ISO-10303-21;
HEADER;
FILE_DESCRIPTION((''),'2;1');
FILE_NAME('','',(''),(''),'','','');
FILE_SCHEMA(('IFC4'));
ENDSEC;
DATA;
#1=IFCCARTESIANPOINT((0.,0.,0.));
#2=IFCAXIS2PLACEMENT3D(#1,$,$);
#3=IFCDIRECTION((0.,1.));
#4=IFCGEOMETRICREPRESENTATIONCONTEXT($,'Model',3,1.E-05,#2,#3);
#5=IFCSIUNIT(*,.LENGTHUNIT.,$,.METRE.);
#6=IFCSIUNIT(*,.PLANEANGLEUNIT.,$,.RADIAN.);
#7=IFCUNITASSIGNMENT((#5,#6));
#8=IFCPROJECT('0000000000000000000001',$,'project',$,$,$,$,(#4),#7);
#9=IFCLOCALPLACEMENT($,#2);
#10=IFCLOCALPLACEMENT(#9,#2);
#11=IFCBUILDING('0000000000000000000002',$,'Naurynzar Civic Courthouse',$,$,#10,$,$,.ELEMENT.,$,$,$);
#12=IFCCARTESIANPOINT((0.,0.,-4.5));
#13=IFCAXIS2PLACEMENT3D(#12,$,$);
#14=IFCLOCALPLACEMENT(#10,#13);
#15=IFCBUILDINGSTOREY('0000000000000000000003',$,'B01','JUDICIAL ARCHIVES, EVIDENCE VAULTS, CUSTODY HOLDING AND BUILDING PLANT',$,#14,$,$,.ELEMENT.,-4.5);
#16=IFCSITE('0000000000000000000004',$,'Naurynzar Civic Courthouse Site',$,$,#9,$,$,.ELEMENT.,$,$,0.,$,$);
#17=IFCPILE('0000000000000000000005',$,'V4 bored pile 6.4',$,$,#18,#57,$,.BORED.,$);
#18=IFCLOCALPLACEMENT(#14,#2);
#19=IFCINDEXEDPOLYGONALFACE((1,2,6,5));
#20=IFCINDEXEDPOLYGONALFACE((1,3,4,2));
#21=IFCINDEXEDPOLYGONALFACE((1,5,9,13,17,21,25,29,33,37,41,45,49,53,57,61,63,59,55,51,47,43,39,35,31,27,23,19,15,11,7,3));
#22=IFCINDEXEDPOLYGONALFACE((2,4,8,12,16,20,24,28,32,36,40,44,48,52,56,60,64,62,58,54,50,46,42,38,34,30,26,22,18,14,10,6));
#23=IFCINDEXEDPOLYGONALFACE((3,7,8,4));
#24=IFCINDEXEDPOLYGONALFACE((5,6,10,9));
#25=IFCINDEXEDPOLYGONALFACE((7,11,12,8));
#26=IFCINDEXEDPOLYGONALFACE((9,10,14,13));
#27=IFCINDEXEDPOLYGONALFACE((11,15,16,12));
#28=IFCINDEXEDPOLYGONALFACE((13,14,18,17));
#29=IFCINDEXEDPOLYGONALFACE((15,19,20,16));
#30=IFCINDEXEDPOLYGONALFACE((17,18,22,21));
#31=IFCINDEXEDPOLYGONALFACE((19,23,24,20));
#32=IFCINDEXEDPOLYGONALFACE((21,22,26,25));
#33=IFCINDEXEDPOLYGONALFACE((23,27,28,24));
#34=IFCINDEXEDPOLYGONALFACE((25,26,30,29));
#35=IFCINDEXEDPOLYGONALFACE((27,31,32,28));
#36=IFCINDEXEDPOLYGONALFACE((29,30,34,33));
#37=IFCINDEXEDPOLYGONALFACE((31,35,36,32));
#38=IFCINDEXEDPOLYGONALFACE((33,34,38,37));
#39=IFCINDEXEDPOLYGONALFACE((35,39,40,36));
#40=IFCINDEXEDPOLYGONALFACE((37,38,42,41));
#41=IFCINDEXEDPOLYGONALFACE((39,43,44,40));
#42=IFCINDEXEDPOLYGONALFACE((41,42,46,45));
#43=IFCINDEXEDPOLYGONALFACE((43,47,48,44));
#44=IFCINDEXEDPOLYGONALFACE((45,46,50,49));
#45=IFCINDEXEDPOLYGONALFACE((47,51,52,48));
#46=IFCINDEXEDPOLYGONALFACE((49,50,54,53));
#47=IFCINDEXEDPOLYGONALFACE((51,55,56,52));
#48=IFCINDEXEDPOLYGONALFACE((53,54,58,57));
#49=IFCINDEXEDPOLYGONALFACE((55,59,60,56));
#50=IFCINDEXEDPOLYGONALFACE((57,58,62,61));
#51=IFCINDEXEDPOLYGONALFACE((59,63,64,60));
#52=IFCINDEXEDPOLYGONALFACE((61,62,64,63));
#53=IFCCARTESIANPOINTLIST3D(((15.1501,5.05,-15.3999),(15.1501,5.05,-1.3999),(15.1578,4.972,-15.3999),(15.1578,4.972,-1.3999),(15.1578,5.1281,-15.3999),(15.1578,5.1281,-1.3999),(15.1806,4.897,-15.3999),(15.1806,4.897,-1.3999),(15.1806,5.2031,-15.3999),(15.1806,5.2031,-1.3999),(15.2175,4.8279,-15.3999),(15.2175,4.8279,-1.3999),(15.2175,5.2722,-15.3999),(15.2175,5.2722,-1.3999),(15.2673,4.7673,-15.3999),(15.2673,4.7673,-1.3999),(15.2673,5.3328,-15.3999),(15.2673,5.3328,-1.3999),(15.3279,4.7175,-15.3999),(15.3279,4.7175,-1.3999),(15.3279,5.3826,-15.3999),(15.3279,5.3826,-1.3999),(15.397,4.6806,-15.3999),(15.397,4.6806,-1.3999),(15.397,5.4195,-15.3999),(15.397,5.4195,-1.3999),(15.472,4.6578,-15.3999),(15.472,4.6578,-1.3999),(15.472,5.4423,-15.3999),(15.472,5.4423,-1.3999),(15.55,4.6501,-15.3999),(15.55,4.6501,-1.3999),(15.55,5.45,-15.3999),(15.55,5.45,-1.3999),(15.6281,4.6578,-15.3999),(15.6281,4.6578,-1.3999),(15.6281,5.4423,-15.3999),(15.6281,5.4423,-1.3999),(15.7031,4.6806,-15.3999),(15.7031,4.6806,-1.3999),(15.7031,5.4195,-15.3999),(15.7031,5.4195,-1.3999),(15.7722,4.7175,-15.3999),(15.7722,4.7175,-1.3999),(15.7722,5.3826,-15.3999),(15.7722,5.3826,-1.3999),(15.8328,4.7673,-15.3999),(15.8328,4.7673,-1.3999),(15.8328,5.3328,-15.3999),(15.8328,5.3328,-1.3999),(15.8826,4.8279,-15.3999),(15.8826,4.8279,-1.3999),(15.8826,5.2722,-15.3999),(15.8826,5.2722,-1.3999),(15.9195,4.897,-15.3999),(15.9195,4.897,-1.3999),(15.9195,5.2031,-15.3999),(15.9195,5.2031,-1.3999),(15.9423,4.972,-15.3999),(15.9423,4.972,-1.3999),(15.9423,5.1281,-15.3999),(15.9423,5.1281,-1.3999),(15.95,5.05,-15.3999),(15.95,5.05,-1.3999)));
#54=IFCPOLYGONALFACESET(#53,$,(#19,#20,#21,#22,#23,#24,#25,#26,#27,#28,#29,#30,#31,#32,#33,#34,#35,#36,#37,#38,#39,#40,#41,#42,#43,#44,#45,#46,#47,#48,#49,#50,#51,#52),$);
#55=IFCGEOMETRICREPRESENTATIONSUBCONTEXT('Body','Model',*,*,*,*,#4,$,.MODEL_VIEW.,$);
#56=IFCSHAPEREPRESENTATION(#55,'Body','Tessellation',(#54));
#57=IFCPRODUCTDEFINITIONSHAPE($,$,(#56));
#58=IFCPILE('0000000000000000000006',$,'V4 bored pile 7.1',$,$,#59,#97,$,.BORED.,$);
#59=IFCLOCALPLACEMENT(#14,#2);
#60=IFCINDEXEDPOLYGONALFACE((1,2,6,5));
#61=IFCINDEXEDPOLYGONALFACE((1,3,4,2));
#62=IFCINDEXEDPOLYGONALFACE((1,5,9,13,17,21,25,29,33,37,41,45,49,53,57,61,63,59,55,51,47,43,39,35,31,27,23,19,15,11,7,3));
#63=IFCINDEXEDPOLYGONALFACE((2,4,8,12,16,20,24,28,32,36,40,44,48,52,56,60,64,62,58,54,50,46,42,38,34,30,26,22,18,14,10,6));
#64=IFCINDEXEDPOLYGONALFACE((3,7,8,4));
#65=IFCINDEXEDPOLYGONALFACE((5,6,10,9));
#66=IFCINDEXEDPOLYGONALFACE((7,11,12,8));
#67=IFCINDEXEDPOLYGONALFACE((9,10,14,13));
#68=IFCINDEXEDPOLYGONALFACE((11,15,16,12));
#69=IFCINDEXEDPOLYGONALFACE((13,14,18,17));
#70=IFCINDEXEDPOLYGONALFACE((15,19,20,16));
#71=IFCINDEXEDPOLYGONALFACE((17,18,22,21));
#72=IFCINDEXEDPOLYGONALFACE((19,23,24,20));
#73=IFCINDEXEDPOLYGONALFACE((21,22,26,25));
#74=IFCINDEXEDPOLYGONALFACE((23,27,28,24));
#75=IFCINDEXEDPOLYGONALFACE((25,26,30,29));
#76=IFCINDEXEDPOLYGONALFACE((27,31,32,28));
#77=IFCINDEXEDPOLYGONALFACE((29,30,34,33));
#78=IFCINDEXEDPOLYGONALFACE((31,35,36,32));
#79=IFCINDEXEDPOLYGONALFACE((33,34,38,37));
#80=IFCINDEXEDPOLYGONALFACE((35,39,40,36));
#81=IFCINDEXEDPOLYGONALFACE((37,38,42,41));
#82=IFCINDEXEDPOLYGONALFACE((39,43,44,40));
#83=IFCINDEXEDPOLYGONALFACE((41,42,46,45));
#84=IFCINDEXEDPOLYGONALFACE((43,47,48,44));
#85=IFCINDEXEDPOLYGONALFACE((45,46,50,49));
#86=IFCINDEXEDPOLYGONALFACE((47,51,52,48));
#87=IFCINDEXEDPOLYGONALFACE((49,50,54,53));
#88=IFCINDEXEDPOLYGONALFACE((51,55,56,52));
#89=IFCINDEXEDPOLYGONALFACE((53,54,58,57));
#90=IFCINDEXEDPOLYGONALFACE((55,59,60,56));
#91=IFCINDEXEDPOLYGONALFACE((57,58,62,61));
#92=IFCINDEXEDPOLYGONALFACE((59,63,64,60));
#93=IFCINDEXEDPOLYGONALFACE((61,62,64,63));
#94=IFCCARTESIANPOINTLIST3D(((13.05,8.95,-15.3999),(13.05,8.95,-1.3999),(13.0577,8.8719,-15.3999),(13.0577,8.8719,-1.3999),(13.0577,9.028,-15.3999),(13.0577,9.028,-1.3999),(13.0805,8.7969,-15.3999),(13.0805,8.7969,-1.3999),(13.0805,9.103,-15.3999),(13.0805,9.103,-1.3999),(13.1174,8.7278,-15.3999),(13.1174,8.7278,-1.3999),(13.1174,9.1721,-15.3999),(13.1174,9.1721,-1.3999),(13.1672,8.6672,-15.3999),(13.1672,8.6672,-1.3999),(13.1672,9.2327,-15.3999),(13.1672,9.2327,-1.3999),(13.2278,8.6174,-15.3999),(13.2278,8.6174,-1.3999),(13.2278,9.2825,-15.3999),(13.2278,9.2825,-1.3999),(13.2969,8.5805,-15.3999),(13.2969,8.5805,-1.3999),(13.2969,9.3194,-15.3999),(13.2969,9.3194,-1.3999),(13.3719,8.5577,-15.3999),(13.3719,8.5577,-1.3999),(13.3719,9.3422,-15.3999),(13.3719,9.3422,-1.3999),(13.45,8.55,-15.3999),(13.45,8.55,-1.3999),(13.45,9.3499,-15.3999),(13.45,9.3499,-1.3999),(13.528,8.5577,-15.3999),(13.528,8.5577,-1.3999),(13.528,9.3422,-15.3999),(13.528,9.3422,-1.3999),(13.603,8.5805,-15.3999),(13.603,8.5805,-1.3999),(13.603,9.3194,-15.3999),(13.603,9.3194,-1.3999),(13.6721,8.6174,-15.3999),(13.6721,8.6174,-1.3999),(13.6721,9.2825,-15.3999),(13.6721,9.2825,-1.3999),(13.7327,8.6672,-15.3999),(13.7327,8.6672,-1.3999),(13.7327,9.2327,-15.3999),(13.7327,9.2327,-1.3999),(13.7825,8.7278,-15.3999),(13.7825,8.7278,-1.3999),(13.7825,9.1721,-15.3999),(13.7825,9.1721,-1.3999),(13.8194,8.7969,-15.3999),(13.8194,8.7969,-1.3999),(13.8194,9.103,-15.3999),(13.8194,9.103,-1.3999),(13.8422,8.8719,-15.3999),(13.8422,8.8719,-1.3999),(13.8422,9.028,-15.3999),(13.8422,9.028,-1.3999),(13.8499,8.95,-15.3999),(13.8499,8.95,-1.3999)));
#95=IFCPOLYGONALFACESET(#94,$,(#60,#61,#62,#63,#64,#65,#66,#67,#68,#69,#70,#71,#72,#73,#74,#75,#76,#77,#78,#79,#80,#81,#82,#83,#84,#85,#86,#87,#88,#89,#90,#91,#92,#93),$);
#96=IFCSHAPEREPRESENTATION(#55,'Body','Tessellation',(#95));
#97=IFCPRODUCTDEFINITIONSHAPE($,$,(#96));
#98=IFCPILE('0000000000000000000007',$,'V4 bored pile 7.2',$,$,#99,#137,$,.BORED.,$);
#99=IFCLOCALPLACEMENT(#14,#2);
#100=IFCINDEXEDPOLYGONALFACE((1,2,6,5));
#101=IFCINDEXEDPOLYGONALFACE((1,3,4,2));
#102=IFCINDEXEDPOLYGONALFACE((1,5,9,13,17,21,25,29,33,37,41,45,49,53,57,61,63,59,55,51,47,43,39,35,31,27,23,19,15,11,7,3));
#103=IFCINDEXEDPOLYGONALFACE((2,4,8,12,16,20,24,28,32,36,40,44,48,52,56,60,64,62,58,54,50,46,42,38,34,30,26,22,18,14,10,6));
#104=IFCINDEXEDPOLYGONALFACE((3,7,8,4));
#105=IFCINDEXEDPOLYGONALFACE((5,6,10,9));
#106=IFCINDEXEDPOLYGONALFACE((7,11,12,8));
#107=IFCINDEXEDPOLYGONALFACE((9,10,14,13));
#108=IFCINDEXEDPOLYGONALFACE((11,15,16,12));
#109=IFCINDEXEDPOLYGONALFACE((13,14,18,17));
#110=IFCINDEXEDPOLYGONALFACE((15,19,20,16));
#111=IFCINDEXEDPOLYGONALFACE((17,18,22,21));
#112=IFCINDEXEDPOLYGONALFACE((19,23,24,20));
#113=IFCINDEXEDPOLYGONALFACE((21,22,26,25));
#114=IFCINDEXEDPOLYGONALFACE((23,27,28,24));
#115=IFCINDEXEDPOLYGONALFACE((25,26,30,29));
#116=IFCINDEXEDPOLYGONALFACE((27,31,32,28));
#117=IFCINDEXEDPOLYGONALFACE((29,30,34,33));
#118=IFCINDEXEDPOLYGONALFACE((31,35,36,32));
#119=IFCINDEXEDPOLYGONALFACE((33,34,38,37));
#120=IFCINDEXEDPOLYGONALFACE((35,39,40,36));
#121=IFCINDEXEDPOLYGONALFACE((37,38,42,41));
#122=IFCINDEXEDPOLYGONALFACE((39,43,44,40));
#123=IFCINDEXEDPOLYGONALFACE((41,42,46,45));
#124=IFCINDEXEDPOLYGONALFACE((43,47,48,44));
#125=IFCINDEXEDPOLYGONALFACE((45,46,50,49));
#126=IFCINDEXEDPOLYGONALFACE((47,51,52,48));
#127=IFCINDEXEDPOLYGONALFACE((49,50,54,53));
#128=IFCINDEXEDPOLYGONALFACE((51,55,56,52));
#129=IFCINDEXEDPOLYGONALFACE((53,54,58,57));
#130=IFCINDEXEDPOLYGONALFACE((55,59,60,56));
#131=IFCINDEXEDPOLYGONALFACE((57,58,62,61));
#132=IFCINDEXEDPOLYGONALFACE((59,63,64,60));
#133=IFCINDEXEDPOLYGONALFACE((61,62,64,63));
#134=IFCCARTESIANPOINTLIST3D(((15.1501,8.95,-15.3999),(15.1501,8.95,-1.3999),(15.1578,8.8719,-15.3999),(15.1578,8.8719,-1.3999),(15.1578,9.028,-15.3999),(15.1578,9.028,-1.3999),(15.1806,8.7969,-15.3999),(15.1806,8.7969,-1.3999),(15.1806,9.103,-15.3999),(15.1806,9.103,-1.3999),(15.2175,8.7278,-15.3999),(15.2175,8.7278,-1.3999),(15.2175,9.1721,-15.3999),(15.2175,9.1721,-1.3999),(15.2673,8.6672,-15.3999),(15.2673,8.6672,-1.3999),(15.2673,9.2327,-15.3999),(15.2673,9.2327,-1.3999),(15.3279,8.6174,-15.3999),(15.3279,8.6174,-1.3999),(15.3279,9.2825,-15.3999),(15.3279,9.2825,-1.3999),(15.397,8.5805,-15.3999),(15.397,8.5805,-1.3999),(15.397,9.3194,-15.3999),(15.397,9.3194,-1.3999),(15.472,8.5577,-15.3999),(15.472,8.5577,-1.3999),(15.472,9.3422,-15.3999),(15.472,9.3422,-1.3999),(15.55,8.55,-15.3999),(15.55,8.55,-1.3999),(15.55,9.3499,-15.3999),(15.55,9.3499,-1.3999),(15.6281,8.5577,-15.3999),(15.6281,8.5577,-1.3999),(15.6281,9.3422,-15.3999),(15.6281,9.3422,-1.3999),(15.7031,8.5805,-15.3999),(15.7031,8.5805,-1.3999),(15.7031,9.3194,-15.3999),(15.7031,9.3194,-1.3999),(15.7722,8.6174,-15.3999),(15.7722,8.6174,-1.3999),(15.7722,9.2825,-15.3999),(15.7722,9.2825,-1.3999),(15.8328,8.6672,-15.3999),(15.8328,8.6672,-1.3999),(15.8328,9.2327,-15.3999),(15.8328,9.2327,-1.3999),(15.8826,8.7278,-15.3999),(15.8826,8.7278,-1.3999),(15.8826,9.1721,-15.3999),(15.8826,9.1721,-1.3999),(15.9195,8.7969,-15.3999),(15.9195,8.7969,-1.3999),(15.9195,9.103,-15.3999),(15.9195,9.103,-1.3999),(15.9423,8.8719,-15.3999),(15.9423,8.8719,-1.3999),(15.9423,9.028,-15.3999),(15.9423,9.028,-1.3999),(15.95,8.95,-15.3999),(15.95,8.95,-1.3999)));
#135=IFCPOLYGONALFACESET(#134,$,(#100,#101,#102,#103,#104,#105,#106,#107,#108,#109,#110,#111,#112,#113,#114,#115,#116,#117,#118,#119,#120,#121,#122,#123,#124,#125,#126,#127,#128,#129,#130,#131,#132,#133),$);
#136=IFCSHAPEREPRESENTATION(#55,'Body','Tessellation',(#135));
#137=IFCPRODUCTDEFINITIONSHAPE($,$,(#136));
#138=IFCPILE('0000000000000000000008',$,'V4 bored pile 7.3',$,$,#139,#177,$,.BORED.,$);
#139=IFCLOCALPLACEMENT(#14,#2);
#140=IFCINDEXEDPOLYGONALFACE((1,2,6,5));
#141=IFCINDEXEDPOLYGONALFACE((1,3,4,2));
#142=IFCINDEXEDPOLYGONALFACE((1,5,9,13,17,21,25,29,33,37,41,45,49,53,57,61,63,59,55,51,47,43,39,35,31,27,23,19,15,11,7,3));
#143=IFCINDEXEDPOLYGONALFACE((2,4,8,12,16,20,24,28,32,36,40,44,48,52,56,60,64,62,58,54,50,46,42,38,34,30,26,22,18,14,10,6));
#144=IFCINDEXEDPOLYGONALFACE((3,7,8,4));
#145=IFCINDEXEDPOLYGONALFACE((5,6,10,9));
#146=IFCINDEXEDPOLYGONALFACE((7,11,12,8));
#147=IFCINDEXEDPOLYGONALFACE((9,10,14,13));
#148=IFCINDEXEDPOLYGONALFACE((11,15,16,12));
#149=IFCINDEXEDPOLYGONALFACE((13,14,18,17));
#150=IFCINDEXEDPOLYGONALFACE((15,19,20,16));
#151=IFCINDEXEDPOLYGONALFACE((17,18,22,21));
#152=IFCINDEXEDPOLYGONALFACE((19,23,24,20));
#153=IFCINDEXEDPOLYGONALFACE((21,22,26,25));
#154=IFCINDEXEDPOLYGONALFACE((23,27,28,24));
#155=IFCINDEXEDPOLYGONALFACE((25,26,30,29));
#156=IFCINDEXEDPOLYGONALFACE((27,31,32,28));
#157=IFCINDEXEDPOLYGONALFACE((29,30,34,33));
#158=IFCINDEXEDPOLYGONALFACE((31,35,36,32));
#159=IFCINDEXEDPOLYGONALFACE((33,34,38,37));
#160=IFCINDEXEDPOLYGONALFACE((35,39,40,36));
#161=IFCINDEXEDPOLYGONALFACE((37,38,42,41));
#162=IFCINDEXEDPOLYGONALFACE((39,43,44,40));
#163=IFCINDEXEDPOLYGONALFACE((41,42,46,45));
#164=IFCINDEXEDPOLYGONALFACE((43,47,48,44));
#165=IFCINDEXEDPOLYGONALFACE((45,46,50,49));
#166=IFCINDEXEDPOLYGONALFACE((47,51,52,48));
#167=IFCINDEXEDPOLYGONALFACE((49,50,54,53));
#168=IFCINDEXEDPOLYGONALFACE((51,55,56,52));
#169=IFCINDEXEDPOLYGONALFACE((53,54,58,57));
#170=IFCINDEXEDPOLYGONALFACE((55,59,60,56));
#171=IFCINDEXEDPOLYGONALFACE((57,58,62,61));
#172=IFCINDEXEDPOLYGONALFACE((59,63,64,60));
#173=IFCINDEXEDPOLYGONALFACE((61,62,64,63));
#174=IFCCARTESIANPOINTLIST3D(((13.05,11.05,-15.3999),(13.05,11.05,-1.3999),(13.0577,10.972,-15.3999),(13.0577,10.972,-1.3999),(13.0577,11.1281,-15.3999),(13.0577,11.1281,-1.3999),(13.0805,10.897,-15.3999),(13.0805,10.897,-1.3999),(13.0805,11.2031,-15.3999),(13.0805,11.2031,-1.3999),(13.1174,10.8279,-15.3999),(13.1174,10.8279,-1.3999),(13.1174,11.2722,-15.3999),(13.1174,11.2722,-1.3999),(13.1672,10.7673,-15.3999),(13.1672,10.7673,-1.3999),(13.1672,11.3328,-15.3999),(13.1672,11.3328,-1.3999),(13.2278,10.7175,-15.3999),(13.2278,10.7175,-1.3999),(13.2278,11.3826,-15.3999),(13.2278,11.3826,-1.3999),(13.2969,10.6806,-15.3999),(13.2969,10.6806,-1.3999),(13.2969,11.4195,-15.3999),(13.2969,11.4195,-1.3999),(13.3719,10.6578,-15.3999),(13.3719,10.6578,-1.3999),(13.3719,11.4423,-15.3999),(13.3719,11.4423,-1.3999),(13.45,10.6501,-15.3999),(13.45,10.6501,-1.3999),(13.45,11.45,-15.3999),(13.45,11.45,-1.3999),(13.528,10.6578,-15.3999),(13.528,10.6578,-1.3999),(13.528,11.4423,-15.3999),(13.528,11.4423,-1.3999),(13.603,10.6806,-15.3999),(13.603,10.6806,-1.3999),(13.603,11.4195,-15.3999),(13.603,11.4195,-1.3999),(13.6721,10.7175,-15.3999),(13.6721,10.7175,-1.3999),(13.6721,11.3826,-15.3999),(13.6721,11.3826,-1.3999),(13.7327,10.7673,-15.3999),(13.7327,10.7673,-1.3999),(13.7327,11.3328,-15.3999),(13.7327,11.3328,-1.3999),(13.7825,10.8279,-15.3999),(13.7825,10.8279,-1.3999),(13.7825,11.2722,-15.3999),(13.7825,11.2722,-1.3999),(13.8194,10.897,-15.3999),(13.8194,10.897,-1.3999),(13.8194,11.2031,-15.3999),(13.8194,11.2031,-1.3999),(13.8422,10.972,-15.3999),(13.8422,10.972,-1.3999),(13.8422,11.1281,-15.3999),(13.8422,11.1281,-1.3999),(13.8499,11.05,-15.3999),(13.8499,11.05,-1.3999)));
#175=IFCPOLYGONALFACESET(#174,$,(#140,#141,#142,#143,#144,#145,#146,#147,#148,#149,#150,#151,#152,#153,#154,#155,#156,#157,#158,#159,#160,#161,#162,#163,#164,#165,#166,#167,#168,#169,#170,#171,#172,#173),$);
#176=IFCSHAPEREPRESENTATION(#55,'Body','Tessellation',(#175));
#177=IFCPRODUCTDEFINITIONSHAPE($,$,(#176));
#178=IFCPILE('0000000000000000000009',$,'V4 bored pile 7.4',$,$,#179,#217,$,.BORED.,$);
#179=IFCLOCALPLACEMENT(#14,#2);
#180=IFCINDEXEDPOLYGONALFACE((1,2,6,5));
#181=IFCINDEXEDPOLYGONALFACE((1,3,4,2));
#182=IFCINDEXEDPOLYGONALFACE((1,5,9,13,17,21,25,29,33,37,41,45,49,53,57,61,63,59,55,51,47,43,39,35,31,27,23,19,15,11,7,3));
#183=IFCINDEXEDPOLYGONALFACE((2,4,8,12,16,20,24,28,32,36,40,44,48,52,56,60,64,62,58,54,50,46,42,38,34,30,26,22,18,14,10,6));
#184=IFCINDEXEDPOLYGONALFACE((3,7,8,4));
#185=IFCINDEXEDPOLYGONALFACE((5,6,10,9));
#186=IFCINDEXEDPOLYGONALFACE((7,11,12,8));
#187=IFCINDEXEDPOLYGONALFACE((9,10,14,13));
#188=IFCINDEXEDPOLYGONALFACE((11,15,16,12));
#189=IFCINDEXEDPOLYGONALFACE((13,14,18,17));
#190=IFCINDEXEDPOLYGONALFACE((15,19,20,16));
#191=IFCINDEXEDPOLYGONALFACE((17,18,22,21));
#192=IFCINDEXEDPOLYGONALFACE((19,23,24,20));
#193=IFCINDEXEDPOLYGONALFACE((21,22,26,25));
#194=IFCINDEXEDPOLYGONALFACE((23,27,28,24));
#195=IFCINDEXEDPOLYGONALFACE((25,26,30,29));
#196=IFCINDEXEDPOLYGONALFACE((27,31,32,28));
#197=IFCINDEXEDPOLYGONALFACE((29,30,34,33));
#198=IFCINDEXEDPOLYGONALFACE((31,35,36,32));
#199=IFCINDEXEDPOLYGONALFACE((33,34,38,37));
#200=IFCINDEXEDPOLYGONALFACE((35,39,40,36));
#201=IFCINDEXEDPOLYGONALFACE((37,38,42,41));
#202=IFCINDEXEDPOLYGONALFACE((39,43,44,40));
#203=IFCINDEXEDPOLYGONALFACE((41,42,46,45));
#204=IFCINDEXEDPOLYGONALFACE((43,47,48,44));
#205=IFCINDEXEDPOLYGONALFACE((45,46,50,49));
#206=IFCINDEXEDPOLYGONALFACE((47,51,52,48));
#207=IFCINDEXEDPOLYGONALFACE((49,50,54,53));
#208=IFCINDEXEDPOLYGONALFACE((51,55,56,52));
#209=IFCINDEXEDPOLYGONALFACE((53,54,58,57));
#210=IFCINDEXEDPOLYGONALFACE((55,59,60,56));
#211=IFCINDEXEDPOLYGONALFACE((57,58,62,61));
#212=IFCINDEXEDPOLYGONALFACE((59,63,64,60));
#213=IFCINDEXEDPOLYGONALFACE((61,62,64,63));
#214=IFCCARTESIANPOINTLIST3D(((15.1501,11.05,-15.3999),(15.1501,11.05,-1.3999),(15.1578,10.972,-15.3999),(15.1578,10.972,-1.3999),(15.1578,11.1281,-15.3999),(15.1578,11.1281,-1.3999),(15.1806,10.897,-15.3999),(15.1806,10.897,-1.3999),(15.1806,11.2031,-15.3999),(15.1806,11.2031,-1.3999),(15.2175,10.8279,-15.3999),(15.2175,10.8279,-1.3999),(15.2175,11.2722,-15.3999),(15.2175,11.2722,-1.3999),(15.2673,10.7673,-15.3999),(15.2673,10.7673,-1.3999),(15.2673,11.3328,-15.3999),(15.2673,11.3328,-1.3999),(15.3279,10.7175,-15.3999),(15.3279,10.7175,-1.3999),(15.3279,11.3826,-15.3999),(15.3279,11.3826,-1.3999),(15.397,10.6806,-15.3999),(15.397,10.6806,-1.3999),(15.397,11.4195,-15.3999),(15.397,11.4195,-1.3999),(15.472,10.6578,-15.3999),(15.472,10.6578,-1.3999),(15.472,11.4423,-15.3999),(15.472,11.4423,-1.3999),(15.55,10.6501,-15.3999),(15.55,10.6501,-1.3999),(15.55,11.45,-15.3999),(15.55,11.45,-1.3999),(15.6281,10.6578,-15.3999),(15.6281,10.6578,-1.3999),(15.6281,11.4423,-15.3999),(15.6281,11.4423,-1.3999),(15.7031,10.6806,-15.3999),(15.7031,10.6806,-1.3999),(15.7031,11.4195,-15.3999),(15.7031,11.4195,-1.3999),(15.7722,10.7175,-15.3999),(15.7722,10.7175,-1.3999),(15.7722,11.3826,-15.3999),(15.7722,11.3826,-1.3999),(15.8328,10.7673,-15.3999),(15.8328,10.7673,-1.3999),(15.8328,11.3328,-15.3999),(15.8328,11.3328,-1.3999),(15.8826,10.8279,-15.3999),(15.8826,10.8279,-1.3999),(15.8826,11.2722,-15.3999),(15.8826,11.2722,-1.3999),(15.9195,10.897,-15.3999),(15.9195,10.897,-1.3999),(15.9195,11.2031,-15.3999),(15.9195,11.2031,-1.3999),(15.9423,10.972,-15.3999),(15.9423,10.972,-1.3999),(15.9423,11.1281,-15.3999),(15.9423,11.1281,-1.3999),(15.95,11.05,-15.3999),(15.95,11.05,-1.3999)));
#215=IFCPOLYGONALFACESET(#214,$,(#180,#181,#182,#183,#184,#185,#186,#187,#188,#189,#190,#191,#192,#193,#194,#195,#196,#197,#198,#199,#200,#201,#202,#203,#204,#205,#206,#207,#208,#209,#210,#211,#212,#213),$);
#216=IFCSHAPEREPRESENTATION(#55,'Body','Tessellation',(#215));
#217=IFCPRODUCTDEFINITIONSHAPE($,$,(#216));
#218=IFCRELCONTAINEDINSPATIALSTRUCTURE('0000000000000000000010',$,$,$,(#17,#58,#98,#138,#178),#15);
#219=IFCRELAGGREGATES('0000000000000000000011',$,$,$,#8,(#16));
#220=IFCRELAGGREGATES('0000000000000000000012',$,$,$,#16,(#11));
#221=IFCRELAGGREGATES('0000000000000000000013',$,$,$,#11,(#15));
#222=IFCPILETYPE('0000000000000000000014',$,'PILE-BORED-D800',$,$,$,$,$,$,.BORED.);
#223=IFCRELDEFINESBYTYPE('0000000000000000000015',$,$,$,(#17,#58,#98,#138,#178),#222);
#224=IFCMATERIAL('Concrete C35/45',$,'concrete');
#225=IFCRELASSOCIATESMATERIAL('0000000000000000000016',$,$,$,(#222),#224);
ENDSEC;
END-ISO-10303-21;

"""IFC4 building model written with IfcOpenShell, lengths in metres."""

from ifc_helpers import new_model, si_unit, direction, frame, origin, origin_2d, place, context, subcontext, project, spatial, circle, extrude, material, material_profile, profile_set, type_object, element, save


model = new_model("IFC4")

# Units and contexts
model_context = context("Model", 3, precision=1e-05, world=origin(), true_north=direction((0.0, 1.0)))
body_context = subcontext(model_context, "Body", "Model", "MODEL_VIEW")
ifc_project = project(units=[si_unit("LENGTHUNIT", "METRE"), si_unit("PLANEANGLEUNIT", "RADIAN")], contexts=[model_context])

# Site, building, storey
site_placement = place(None, origin())
site = spatial("IfcSite", under=ifc_project, at=site_placement, Name="Naurynzar Civic Courthouse Site", CompositionType="ELEMENT", RefElevation=0.0)
building_placement = place(site_placement, origin())
building = spatial("IfcBuilding", under=site, at=building_placement, Name="Naurynzar Civic Courthouse", CompositionType="ELEMENT")
storey_placement = place(building_placement, frame((0.0, 0.0, -4.5)))
storey = spatial("IfcBuildingStorey", under=building, at=storey_placement, Name="B01", Description="JUDICIAL ARCHIVES, EVIDENCE VAULTS, CUSTODY HOLDING AND BUILDING PLANT", CompositionType="ELEMENT", Elevation=-4.5)

# Piles
ifc_material_1 = material(Name="Concrete C35/45", Category="concrete")
ifc_material_profile_1 = material_profile(ifc_material_1, circle(Radius=0.3999, at=origin_2d()), Name="PILE D800")
ifc_profile_set_1 = profile_set([ifc_material_profile_1], Name="Concrete C35/45")
pile_type = type_object("IfcPileType", Name="PILE-BORED-D800", PredefinedType="BORED", material=ifc_profile_set_1)
for number, where, z_axis, x_axis, name in (
    (1, (15.55, 5.05, -1.3999), (0.0, 0.0, -1.0), (1.0, 0.0, 0.0), "V4 bored pile 6.4"),
    (2, (13.45, 8.95, -1.3999), (0.0, 0.0, -1.0), (1.0, 0.0, 0.0), "V4 bored pile 7.1"),
    (3, (15.55, 8.95, -1.3999), (0.0, 0.0, -1.0), (1.0, 0.0, 0.0), "V4 bored pile 7.2"),
    (4, (13.45, 11.05, -1.3999), (0.0, 0.0, -1.0), (1.0, 0.0, 0.0), "V4 bored pile 7.3"),
    (5, (15.55, 11.05, -1.3999), (0.0, 0.0, -1.0), (1.0, 0.0, 0.0), "V4 bored pile 7.4"),
):
    element("IfcPile", number, at=place(storey_placement, frame(where, z_axis=z_axis, x_axis=x_axis)), inside=storey, type_object=pile_type, Name=name, PredefinedType="BORED", context=body_context, shape_type="SweptSolid", body=[
        extrude(circle(Radius=0.3999, at=origin_2d()), origin(), (0.0, 0.0, 1.0), 14.0),
    ])

save(model, "model.ifc")
